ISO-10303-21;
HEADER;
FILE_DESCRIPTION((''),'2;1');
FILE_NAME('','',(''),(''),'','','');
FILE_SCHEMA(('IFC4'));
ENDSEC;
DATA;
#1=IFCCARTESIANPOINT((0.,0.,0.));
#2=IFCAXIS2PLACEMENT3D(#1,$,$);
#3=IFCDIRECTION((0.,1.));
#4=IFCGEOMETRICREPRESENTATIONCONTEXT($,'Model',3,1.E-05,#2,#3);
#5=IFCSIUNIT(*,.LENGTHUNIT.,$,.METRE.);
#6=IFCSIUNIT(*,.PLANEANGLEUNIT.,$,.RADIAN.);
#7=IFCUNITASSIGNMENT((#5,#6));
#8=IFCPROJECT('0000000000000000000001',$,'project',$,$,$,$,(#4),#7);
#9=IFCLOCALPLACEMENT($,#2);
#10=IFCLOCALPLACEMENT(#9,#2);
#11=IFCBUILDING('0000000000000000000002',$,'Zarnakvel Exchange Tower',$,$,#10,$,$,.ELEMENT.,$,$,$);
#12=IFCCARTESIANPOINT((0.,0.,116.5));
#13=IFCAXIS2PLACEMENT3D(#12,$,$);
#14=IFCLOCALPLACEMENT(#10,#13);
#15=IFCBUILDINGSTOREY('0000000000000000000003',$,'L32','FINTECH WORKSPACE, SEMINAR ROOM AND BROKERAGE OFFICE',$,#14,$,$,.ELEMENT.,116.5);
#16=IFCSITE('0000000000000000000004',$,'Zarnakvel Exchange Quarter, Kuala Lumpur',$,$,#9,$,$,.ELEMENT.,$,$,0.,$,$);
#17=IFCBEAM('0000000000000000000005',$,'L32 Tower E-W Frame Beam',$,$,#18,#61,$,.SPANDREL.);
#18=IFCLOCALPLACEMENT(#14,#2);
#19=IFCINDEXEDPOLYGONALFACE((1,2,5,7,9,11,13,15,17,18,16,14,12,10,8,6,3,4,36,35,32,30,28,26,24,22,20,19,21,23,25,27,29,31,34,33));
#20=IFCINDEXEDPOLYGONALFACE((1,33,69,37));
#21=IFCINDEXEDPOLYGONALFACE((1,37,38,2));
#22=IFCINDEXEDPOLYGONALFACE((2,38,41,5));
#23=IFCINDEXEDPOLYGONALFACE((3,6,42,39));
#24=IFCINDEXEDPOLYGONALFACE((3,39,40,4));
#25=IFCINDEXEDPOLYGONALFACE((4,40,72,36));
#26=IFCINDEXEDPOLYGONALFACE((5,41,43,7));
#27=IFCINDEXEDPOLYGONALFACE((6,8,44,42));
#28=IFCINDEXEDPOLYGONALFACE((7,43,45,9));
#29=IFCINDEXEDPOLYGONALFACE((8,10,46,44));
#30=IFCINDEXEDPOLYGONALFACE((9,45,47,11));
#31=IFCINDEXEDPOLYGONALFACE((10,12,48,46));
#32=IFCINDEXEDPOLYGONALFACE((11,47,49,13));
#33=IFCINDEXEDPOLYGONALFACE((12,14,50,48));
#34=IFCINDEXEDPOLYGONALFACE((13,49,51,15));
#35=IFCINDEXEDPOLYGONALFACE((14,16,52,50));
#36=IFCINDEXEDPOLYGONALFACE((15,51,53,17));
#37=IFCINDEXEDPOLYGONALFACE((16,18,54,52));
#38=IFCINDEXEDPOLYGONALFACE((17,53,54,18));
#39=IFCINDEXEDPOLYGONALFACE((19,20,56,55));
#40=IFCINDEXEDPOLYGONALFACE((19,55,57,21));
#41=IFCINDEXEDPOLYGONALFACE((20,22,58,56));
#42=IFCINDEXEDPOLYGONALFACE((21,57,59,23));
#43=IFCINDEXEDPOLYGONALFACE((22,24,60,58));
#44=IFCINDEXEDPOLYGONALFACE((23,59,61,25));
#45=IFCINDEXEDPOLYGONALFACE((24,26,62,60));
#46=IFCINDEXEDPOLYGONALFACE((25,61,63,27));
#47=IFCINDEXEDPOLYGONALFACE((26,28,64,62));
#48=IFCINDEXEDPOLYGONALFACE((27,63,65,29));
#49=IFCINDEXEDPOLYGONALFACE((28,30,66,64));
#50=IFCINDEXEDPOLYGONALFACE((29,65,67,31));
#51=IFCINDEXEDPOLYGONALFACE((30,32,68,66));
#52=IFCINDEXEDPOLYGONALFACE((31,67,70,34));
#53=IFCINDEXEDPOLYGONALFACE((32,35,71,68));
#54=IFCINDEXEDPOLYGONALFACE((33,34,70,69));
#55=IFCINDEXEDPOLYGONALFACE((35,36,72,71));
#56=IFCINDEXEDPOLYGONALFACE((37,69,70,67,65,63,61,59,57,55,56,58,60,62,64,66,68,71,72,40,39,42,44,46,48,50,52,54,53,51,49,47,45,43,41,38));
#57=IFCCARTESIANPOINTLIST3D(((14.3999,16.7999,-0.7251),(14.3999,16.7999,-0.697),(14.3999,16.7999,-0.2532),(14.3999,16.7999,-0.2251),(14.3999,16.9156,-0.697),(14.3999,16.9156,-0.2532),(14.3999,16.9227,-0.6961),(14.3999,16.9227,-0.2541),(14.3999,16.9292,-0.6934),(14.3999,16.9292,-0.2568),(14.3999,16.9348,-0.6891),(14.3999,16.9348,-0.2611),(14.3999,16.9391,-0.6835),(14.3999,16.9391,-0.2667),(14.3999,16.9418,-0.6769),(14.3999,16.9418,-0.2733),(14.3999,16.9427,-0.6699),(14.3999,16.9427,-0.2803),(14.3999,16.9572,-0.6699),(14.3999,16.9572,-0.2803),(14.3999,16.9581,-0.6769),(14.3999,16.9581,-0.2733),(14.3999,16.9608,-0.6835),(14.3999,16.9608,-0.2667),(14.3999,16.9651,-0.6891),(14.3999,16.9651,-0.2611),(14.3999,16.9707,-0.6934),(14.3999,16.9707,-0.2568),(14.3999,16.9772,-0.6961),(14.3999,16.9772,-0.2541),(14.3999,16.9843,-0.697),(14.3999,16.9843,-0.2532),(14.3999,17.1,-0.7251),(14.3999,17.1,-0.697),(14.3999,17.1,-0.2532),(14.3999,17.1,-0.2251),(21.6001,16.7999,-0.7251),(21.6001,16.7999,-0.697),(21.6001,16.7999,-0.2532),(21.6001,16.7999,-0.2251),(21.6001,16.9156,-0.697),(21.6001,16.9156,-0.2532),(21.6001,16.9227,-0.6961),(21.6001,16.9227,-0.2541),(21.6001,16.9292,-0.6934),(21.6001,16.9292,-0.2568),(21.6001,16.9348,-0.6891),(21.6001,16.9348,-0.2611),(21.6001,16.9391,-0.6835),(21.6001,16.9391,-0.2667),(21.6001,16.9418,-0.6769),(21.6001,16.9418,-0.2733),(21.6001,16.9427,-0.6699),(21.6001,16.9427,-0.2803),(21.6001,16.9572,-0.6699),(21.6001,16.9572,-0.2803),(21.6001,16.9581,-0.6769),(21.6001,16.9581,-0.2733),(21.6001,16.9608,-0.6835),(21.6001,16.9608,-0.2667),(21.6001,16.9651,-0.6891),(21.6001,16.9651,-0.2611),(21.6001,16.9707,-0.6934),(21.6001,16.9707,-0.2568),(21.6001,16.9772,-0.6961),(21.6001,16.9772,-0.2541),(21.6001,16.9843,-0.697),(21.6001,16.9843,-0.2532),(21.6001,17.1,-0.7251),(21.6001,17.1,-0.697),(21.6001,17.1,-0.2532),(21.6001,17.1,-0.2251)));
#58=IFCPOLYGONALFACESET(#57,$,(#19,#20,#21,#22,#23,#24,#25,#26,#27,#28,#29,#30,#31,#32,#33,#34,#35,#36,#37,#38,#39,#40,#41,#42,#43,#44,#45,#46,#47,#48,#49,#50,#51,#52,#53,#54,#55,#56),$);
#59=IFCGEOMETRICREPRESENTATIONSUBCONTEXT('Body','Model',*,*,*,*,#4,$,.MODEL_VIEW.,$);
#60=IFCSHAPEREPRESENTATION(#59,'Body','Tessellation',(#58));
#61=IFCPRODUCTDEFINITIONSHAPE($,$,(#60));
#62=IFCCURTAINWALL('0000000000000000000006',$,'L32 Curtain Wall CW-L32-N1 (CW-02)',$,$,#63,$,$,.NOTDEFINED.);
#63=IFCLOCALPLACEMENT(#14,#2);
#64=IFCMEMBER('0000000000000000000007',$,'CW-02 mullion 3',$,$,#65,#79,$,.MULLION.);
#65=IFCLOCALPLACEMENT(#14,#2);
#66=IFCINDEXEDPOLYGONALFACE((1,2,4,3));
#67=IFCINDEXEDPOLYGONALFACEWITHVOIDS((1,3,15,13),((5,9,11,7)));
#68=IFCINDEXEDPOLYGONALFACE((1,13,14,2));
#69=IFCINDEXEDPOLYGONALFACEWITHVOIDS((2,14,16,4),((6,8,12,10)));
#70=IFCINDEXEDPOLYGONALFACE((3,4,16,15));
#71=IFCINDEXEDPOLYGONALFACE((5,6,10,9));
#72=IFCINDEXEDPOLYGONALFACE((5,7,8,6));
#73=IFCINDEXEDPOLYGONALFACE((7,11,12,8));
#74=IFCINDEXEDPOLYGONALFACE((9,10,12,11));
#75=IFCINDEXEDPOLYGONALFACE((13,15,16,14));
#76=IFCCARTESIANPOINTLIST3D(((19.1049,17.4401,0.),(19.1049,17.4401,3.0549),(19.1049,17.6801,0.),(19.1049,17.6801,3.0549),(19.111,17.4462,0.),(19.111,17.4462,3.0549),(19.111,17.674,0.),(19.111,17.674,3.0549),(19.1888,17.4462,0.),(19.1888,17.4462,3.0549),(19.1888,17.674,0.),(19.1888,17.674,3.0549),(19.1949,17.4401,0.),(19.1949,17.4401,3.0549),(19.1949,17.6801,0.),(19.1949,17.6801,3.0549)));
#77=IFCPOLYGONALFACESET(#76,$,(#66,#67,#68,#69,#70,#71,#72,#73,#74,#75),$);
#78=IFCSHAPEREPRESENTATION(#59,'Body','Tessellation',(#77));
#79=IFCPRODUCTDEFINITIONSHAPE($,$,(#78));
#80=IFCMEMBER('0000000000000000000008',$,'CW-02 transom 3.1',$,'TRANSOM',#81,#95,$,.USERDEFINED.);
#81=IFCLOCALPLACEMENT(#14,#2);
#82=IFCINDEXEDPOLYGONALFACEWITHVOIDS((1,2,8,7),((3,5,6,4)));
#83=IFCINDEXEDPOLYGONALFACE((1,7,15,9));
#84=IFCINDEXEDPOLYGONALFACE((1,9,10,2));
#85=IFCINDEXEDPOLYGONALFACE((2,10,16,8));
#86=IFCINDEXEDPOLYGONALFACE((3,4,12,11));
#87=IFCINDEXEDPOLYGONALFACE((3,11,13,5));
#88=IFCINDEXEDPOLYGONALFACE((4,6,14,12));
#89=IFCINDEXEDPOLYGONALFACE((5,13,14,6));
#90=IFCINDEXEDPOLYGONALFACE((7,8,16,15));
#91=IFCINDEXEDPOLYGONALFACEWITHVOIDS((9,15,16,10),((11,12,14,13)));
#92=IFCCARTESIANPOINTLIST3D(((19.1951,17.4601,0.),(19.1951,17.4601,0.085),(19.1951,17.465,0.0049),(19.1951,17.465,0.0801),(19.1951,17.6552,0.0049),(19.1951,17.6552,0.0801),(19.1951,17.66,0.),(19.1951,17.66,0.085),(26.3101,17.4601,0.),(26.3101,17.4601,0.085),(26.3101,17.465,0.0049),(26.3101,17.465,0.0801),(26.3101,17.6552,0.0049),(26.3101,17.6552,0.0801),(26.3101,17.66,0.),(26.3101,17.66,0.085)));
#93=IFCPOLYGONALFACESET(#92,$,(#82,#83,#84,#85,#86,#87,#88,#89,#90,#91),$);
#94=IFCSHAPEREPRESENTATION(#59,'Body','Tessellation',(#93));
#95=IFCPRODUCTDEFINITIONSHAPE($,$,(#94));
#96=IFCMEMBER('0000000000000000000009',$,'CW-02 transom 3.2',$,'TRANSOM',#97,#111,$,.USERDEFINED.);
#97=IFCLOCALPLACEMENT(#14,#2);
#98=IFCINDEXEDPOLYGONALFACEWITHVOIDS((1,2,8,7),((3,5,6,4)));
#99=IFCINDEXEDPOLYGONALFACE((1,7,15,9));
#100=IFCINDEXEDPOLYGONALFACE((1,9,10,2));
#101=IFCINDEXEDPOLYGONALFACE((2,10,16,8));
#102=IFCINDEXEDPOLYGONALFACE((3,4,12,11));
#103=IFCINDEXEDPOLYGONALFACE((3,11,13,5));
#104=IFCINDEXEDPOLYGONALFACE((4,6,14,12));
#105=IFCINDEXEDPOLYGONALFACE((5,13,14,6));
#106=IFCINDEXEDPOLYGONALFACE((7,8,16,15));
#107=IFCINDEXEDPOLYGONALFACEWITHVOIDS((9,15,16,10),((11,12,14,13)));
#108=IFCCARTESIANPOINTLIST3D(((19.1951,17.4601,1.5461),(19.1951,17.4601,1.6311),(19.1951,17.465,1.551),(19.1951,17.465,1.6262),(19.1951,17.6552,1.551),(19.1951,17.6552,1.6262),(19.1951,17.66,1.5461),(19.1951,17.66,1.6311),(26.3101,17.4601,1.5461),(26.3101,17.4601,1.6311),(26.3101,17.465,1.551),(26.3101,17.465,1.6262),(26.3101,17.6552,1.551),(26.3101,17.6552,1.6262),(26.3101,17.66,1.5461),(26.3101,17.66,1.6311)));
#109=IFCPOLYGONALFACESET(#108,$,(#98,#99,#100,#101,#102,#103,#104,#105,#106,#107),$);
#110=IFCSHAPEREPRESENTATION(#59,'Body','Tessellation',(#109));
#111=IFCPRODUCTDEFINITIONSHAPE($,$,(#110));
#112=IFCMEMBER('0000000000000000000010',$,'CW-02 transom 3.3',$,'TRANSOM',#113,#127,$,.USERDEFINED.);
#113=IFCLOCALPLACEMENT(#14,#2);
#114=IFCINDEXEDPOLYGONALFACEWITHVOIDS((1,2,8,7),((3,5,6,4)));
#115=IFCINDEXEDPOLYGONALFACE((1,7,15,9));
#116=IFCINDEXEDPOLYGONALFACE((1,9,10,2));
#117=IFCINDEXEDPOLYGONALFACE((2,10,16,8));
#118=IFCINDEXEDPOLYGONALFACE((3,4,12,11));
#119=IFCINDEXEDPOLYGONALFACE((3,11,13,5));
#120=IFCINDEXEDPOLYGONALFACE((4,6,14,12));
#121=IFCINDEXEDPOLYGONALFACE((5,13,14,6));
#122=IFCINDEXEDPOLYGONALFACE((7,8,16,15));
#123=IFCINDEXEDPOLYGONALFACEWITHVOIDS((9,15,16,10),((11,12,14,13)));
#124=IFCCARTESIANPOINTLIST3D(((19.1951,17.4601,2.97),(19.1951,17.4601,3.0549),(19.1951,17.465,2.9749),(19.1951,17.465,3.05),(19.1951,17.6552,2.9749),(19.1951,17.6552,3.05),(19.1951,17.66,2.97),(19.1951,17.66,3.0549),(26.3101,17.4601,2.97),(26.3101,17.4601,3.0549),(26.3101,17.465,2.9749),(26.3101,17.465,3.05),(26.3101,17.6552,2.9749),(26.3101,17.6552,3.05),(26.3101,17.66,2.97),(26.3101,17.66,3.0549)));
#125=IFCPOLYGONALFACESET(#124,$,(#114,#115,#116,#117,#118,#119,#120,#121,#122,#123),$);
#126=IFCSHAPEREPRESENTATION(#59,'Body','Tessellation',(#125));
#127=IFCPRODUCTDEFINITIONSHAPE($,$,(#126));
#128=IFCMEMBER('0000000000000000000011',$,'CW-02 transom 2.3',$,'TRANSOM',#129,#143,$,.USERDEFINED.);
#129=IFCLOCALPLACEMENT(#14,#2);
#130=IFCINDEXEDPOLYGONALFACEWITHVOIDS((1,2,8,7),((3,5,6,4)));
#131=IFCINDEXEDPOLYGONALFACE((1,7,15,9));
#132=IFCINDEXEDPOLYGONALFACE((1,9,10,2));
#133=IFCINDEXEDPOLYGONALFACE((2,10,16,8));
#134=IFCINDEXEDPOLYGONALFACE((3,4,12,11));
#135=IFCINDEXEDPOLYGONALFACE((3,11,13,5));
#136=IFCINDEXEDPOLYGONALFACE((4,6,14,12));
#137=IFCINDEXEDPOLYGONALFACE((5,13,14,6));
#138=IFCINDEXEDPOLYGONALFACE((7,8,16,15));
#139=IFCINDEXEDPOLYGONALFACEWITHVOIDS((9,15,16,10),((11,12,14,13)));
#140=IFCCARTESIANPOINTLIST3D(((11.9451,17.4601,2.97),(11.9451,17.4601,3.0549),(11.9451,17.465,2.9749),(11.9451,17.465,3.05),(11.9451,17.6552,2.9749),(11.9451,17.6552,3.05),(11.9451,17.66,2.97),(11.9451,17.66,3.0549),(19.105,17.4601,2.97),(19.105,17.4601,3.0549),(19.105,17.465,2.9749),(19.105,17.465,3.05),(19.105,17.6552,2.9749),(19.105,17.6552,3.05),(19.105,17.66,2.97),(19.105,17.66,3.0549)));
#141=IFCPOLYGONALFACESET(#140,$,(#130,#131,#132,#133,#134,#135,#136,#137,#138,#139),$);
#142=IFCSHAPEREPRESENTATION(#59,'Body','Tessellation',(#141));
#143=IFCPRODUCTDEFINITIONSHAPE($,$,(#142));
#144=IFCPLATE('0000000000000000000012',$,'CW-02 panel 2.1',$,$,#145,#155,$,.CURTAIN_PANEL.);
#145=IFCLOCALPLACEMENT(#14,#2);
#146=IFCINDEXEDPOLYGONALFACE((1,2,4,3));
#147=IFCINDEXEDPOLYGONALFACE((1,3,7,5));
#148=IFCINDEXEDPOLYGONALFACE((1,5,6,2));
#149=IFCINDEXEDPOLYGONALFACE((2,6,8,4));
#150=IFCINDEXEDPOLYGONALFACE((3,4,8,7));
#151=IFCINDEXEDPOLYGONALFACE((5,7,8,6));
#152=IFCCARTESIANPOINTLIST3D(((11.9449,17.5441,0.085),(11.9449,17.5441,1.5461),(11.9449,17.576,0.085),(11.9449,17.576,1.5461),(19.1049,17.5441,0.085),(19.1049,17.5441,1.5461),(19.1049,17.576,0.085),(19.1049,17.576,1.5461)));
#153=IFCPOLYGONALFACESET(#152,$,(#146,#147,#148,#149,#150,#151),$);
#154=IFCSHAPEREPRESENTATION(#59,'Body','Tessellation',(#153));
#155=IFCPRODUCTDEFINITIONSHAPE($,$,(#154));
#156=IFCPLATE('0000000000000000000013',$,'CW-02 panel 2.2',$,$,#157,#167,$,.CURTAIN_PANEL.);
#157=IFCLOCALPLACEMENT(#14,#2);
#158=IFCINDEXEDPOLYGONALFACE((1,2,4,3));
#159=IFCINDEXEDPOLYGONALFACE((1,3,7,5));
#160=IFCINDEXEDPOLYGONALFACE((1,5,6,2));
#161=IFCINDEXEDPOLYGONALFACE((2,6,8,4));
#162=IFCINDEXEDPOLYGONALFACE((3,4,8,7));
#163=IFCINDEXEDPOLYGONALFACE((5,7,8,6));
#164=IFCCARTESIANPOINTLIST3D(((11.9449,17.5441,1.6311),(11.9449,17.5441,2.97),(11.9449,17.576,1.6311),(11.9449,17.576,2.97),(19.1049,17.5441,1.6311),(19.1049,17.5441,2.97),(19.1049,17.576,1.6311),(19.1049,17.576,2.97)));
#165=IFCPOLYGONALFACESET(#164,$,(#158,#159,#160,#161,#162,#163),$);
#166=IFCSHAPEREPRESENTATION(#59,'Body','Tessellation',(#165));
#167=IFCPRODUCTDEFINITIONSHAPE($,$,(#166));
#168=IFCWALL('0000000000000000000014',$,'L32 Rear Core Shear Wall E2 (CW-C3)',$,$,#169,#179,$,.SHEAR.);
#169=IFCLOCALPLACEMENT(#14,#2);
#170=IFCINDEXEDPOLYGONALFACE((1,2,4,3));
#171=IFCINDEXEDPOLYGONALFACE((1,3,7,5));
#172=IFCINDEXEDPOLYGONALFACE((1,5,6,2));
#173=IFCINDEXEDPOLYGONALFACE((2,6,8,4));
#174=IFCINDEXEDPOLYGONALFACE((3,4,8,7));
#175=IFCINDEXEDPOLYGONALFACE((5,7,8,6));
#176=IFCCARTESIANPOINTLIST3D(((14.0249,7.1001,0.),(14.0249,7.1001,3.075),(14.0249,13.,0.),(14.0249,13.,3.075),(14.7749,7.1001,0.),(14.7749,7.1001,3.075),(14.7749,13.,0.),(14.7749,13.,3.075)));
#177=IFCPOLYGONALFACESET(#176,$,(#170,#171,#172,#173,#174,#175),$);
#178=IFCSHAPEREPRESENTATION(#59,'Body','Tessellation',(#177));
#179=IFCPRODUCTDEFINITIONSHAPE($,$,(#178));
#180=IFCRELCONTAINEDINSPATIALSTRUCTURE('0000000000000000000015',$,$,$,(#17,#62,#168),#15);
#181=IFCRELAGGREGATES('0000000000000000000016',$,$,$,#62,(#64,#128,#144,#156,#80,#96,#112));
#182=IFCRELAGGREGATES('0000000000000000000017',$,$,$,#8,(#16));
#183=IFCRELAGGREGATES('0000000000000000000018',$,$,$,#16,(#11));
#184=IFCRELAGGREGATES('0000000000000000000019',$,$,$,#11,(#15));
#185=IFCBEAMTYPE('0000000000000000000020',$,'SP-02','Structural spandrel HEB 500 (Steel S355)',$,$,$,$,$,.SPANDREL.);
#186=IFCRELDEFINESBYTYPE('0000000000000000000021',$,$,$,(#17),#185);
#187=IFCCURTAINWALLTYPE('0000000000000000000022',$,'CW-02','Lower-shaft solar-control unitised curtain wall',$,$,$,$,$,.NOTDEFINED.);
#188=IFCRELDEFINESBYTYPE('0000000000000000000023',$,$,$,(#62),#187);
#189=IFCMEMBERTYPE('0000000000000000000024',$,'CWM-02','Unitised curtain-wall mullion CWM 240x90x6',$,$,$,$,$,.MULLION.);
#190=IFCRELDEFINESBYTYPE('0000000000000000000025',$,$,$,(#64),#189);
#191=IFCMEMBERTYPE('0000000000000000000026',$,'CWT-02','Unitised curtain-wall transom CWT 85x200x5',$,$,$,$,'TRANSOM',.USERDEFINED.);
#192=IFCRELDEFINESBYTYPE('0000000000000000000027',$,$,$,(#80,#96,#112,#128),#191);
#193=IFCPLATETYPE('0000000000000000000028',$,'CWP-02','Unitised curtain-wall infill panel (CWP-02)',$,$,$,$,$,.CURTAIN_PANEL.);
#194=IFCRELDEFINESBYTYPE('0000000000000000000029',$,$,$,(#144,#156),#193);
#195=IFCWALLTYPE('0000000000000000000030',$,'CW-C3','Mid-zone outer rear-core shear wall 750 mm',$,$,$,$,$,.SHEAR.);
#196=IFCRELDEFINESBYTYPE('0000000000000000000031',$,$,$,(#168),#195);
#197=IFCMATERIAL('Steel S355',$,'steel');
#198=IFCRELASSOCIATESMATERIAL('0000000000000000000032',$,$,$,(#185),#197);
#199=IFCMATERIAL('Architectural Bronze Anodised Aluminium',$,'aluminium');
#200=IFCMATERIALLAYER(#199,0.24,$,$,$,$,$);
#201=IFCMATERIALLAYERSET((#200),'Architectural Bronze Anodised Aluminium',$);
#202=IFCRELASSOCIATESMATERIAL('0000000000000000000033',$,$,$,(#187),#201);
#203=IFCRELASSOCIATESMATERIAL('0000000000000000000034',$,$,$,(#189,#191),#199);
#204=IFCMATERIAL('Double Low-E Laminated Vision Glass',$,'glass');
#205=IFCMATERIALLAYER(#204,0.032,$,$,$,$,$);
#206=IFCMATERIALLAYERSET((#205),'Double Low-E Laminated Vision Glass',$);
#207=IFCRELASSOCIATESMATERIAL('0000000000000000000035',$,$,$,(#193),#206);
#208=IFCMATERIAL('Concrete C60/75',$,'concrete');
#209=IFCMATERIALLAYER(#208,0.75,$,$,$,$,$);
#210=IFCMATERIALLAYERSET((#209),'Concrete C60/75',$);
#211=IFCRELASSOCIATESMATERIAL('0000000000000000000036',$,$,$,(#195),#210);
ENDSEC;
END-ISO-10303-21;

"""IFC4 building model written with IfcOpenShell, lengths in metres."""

from ifc_helpers import new_model, si_unit, direction, frame, frame_2d, origin, origin_2d, place, context, subcontext, project, spatial, rectangle, hollow_rectangle, i_section, extrude, source, transform, mapped, material, layer, layer_set, material_profile, profile_set, type_object, element, aggregate, save


model = new_model("IFC4")

# Units and contexts
model_context = context("Model", 3, precision=1e-05, world=origin(), true_north=direction((0.0, 1.0)))
body_context = subcontext(model_context, "Body", "Model", "MODEL_VIEW")
ifc_project = project(units=[si_unit("LENGTHUNIT", "METRE"), si_unit("PLANEANGLEUNIT", "RADIAN")], contexts=[model_context])

# Site, building, storey
site_placement = place(None, origin())
site = spatial("IfcSite", under=ifc_project, at=site_placement, Name="Zarnakvel Exchange Quarter, Kuala Lumpur", CompositionType="ELEMENT", RefElevation=0.0)
building_placement = place(site_placement, origin())
building = spatial("IfcBuilding", under=site, at=building_placement, Name="Zarnakvel Exchange Tower", CompositionType="ELEMENT")
storey_placement = place(building_placement, frame((0.0, 0.0, 116.5)))
storey = spatial("IfcBuildingStorey", under=building, at=storey_placement, Name="L32", Description="FINTECH WORKSPACE, SEMINAR ROOM AND BROKERAGE OFFICE", CompositionType="ELEMENT", Elevation=116.5)

# Shared definitions
ifc_material_1 = material(Name="Concrete C60/75", Category="concrete")

# Beam
ifc_material_2 = material(Name="Steel S355", Category="steel")
ifc_material_profile_1 = material_profile(ifc_material_2, i_section(OverallWidth=0.3, OverallDepth=0.5, WebThickness=0.0144, FlangeThickness=0.0281, FilletRadius=0.0271, at=origin_2d()))
ifc_profile_set_1 = profile_set([ifc_material_profile_1], Name="Steel S355")
beam_type_1 = type_object("IfcBeamType", Name="SP-02", Description="Structural spandrel HEB 500 (Steel S355)", PredefinedType="SPANDREL", material=ifc_profile_set_1)
beam_1_placement = place(storey_placement, frame((14.3999, 16.95, -0.4751), z_axis=(1.0, 0.0, 0.0), x_axis=(0.0, 1.0, 0.0)))
element("IfcBeam", 1, at=beam_1_placement, inside=storey, type_object=beam_type_1, Name="L32 Tower E-W Frame Beam", PredefinedType="SPANDREL", context=body_context, shape_type="SweptSolid", body=[
    extrude(i_section(OverallWidth=0.3, OverallDepth=0.5, WebThickness=0.0144, FlangeThickness=0.0281, FilletRadius=0.0271, at=origin_2d()), origin(), (0.0, 0.0, 1.0), 7.2002),
])

# Curtain wall, members, plates
ifc_material_3 = material(Name="Architectural Bronze Anodised Aluminium", Category="aluminium")
ifc_layer_1 = layer(ifc_material_3, 0.24)
ifc_layer_set_1 = layer_set([ifc_layer_1], Name="Architectural Bronze Anodised Aluminium")
curtain_wall_type = type_object("IfcCurtainWallType", Name="CW-02", Description="Lower-shaft solar-control unitised curtain wall", PredefinedType="NOTDEFINED", material=ifc_layer_set_1)
curtain_wall_placement = place(storey_placement, origin())
curtain_wall = element("IfcCurtainWall", 2, at=curtain_wall_placement, inside=storey, type_object=curtain_wall_type, Name="L32 Curtain Wall CW-L32-N1 (CW-02)", PredefinedType="NOTDEFINED")
ifc_material_profile_2 = material_profile(ifc_material_3, hollow_rectangle(XDim=0.24, YDim=0.0901, WallThickness=0.0061, at=origin_2d()))
ifc_profile_set_2 = profile_set([ifc_material_profile_2], Name="Architectural Bronze Anodised Aluminium")
member_type_1 = type_object("IfcMemberType", Name="CWM-02", Description="Unitised curtain-wall mullion CWM 240x90x6", PredefinedType="MULLION", material=ifc_profile_set_2)
shared_shape_1 = source(origin(), body_context, "Body", "SweptSolid", [
    extrude(hollow_rectangle(XDim=0.24, YDim=0.0901, WallThickness=0.0061, at=origin_2d()), origin(), (0.0, 0.0, 1.0), 3.0549),
])
member_1_placement = place(storey_placement, frame((19.1499, 17.5601, 0.0), z_axis=(0.0, 0.0, 1.0), x_axis=(0.0, 1.0, 0.0)))
member_1 = element("IfcMember", 3, at=member_1_placement, type_object=member_type_1, Name="CW-02 mullion 3", PredefinedType="MULLION", context=body_context, shape_type="MappedRepresentation", body=[
    mapped(shared_shape_1, transform((0.0, 0.0, 0.0), x_axis=(1.0, 0.0, 0.0), y_axis=(0.0, 1.0, 0.0), z_axis=(0.0, 0.0, 1.0), scale=1.0)),
])
ifc_material_profile_3 = material_profile(ifc_material_3, hollow_rectangle(XDim=0.2, YDim=0.085, WallThickness=0.0049, at=origin_2d()))
ifc_profile_set_3 = profile_set([ifc_material_profile_3], Name="Architectural Bronze Anodised Aluminium")
member_type_2 = type_object("IfcMemberType", Name="CWT-02", Description="Unitised curtain-wall transom CWT 85x200x5", ElementType="TRANSOM", PredefinedType="USERDEFINED", material=ifc_profile_set_3)
shared_shape_2 = source(origin(), body_context, "Body", "SweptSolid", [
    extrude(hollow_rectangle(XDim=0.2, YDim=0.085, WallThickness=0.0049, at=origin_2d()), origin(), (0.0, 0.0, 1.0), 7.115),
])
member_2_placement = place(storey_placement, frame((19.1951, 17.5601, 0.0425), z_axis=(1.0, 0.0, 0.0), x_axis=(0.0, 1.0, 0.0)))
member_2 = element("IfcMember", 4, at=member_2_placement, type_object=member_type_2, Name="CW-02 transom 3.1", ObjectType="TRANSOM", PredefinedType="USERDEFINED", context=body_context, shape_type="MappedRepresentation", body=[
    mapped(shared_shape_2, transform((0.0, 0.0, 0.0), x_axis=(1.0, 0.0, 0.0), y_axis=(0.0, 1.0, 0.0), z_axis=(0.0, 0.0, 1.0), scale=1.0)),
])
member_3_placement = place(storey_placement, frame((19.1951, 17.5601, 1.5886), z_axis=(1.0, 0.0, 0.0), x_axis=(0.0, 1.0, 0.0)))
member_3 = element("IfcMember", 5, at=member_3_placement, type_object=member_type_2, Name="CW-02 transom 3.2", ObjectType="TRANSOM", PredefinedType="USERDEFINED", context=body_context, shape_type="MappedRepresentation", body=[
    mapped(shared_shape_2, transform((0.0, 0.0, 0.0), x_axis=(1.0, 0.0, 0.0), y_axis=(0.0, 1.0, 0.0), z_axis=(0.0, 0.0, 1.0), scale=1.0)),
])
member_4_placement = place(storey_placement, frame((19.1951, 17.5601, 3.0125), z_axis=(1.0, 0.0, 0.0), x_axis=(0.0, 1.0, 0.0)))
member_4 = element("IfcMember", 6, at=member_4_placement, type_object=member_type_2, Name="CW-02 transom 3.3", ObjectType="TRANSOM", PredefinedType="USERDEFINED", context=body_context, shape_type="MappedRepresentation", body=[
    mapped(shared_shape_2, transform((0.0, 0.0, 0.0), x_axis=(1.0, 0.0, 0.0), y_axis=(0.0, 1.0, 0.0), z_axis=(0.0, 0.0, 1.0), scale=1.0)),
])
shared_shape_3 = source(origin(), body_context, "Body", "SweptSolid", [
    extrude(hollow_rectangle(XDim=0.2, YDim=0.085, WallThickness=0.0049, at=origin_2d()), origin(), (0.0, 0.0, 1.0), 7.1599),
])
member_5_placement = place(storey_placement, frame((11.9451, 17.5601, 3.0125), z_axis=(1.0, 0.0, 0.0), x_axis=(0.0, 1.0, 0.0)))
member_5 = element("IfcMember", 7, at=member_5_placement, type_object=member_type_2, Name="CW-02 transom 2.3", ObjectType="TRANSOM", PredefinedType="USERDEFINED", context=body_context, shape_type="MappedRepresentation", body=[
    mapped(shared_shape_3, transform((0.0, 0.0, 0.0), x_axis=(1.0, 0.0, 0.0), y_axis=(0.0, 1.0, 0.0), z_axis=(0.0, 0.0, 1.0), scale=1.0)),
])
ifc_material_4 = material(Name="Double Low-E Laminated Vision Glass", Category="glass")
ifc_layer_2 = layer(ifc_material_4, 0.032)
ifc_layer_set_2 = layer_set([ifc_layer_2], Name="Double Low-E Laminated Vision Glass")
plate_type = type_object("IfcPlateType", Name="CWP-02", Description="Unitised curtain-wall infill panel (CWP-02)", PredefinedType="CURTAIN_PANEL", material=ifc_layer_set_2)
shared_shape_4 = source(origin(), body_context, "Body", "SweptSolid", [
    extrude(rectangle(XDim=7.1599, YDim=0.032, at=origin_2d()), origin(), (0.0, 0.0, 1.0), 1.4612),
])
plate_1_placement = place(storey_placement, frame((15.5249, 17.5601, 0.085), z_axis=(0.0, 0.0, 1.0), x_axis=(1.0, 0.0, 0.0)))
plate_1 = element("IfcPlate", 8, at=plate_1_placement, type_object=plate_type, Name="CW-02 panel 2.1", PredefinedType="CURTAIN_PANEL", context=body_context, shape_type="MappedRepresentation", body=[
    mapped(shared_shape_4, transform((0.0, 0.0, 0.0), x_axis=(1.0, 0.0, 0.0), y_axis=(0.0, 1.0, 0.0), z_axis=(0.0, 0.0, 1.0), scale=1.0)),
])
shared_shape_5 = source(origin(), body_context, "Body", "SweptSolid", [
    extrude(rectangle(XDim=7.1599, YDim=0.032, at=origin_2d()), origin(), (0.0, 0.0, 1.0), 1.3389),
])
plate_2_placement = place(storey_placement, frame((15.5249, 17.5601, 1.6311), z_axis=(0.0, 0.0, 1.0), x_axis=(1.0, 0.0, 0.0)))
plate_2 = element("IfcPlate", 9, at=plate_2_placement, type_object=plate_type, Name="CW-02 panel 2.2", PredefinedType="CURTAIN_PANEL", context=body_context, shape_type="MappedRepresentation", body=[
    mapped(shared_shape_5, transform((0.0, 0.0, 0.0), x_axis=(1.0, 0.0, 0.0), y_axis=(0.0, 1.0, 0.0), z_axis=(0.0, 0.0, 1.0), scale=1.0)),
])
aggregate(curtain_wall, [member_1, member_5, plate_1, plate_2, member_2, member_3, member_4])

# Wall
ifc_layer_3 = layer(ifc_material_1, 0.75)
ifc_layer_set_3 = layer_set([ifc_layer_3], Name="Concrete C60/75")
wall_type_1 = type_object("IfcWallType", Name="CW-C3", Description="Mid-zone outer rear-core shear wall 750 mm", PredefinedType="SHEAR", material=ifc_layer_set_3)
wall_1_placement = place(storey_placement, frame((14.3999, 7.1001, 0.0), z_axis=(0.0, 0.0, 1.0), x_axis=(0.0, 1.0, 0.0)))
element("IfcWall", 10, at=wall_1_placement, inside=storey, type_object=wall_type_1, Name="L32 Rear Core Shear Wall E2 (CW-C3)", PredefinedType="SHEAR", context=body_context, shape_type="SweptSolid", body=[
    extrude(rectangle(XDim=5.8999, YDim=0.75, at=frame_2d((2.95, 0.0))), origin(), (0.0, 0.0, 1.0), 3.075),
])

save(model, "model.ifc")
